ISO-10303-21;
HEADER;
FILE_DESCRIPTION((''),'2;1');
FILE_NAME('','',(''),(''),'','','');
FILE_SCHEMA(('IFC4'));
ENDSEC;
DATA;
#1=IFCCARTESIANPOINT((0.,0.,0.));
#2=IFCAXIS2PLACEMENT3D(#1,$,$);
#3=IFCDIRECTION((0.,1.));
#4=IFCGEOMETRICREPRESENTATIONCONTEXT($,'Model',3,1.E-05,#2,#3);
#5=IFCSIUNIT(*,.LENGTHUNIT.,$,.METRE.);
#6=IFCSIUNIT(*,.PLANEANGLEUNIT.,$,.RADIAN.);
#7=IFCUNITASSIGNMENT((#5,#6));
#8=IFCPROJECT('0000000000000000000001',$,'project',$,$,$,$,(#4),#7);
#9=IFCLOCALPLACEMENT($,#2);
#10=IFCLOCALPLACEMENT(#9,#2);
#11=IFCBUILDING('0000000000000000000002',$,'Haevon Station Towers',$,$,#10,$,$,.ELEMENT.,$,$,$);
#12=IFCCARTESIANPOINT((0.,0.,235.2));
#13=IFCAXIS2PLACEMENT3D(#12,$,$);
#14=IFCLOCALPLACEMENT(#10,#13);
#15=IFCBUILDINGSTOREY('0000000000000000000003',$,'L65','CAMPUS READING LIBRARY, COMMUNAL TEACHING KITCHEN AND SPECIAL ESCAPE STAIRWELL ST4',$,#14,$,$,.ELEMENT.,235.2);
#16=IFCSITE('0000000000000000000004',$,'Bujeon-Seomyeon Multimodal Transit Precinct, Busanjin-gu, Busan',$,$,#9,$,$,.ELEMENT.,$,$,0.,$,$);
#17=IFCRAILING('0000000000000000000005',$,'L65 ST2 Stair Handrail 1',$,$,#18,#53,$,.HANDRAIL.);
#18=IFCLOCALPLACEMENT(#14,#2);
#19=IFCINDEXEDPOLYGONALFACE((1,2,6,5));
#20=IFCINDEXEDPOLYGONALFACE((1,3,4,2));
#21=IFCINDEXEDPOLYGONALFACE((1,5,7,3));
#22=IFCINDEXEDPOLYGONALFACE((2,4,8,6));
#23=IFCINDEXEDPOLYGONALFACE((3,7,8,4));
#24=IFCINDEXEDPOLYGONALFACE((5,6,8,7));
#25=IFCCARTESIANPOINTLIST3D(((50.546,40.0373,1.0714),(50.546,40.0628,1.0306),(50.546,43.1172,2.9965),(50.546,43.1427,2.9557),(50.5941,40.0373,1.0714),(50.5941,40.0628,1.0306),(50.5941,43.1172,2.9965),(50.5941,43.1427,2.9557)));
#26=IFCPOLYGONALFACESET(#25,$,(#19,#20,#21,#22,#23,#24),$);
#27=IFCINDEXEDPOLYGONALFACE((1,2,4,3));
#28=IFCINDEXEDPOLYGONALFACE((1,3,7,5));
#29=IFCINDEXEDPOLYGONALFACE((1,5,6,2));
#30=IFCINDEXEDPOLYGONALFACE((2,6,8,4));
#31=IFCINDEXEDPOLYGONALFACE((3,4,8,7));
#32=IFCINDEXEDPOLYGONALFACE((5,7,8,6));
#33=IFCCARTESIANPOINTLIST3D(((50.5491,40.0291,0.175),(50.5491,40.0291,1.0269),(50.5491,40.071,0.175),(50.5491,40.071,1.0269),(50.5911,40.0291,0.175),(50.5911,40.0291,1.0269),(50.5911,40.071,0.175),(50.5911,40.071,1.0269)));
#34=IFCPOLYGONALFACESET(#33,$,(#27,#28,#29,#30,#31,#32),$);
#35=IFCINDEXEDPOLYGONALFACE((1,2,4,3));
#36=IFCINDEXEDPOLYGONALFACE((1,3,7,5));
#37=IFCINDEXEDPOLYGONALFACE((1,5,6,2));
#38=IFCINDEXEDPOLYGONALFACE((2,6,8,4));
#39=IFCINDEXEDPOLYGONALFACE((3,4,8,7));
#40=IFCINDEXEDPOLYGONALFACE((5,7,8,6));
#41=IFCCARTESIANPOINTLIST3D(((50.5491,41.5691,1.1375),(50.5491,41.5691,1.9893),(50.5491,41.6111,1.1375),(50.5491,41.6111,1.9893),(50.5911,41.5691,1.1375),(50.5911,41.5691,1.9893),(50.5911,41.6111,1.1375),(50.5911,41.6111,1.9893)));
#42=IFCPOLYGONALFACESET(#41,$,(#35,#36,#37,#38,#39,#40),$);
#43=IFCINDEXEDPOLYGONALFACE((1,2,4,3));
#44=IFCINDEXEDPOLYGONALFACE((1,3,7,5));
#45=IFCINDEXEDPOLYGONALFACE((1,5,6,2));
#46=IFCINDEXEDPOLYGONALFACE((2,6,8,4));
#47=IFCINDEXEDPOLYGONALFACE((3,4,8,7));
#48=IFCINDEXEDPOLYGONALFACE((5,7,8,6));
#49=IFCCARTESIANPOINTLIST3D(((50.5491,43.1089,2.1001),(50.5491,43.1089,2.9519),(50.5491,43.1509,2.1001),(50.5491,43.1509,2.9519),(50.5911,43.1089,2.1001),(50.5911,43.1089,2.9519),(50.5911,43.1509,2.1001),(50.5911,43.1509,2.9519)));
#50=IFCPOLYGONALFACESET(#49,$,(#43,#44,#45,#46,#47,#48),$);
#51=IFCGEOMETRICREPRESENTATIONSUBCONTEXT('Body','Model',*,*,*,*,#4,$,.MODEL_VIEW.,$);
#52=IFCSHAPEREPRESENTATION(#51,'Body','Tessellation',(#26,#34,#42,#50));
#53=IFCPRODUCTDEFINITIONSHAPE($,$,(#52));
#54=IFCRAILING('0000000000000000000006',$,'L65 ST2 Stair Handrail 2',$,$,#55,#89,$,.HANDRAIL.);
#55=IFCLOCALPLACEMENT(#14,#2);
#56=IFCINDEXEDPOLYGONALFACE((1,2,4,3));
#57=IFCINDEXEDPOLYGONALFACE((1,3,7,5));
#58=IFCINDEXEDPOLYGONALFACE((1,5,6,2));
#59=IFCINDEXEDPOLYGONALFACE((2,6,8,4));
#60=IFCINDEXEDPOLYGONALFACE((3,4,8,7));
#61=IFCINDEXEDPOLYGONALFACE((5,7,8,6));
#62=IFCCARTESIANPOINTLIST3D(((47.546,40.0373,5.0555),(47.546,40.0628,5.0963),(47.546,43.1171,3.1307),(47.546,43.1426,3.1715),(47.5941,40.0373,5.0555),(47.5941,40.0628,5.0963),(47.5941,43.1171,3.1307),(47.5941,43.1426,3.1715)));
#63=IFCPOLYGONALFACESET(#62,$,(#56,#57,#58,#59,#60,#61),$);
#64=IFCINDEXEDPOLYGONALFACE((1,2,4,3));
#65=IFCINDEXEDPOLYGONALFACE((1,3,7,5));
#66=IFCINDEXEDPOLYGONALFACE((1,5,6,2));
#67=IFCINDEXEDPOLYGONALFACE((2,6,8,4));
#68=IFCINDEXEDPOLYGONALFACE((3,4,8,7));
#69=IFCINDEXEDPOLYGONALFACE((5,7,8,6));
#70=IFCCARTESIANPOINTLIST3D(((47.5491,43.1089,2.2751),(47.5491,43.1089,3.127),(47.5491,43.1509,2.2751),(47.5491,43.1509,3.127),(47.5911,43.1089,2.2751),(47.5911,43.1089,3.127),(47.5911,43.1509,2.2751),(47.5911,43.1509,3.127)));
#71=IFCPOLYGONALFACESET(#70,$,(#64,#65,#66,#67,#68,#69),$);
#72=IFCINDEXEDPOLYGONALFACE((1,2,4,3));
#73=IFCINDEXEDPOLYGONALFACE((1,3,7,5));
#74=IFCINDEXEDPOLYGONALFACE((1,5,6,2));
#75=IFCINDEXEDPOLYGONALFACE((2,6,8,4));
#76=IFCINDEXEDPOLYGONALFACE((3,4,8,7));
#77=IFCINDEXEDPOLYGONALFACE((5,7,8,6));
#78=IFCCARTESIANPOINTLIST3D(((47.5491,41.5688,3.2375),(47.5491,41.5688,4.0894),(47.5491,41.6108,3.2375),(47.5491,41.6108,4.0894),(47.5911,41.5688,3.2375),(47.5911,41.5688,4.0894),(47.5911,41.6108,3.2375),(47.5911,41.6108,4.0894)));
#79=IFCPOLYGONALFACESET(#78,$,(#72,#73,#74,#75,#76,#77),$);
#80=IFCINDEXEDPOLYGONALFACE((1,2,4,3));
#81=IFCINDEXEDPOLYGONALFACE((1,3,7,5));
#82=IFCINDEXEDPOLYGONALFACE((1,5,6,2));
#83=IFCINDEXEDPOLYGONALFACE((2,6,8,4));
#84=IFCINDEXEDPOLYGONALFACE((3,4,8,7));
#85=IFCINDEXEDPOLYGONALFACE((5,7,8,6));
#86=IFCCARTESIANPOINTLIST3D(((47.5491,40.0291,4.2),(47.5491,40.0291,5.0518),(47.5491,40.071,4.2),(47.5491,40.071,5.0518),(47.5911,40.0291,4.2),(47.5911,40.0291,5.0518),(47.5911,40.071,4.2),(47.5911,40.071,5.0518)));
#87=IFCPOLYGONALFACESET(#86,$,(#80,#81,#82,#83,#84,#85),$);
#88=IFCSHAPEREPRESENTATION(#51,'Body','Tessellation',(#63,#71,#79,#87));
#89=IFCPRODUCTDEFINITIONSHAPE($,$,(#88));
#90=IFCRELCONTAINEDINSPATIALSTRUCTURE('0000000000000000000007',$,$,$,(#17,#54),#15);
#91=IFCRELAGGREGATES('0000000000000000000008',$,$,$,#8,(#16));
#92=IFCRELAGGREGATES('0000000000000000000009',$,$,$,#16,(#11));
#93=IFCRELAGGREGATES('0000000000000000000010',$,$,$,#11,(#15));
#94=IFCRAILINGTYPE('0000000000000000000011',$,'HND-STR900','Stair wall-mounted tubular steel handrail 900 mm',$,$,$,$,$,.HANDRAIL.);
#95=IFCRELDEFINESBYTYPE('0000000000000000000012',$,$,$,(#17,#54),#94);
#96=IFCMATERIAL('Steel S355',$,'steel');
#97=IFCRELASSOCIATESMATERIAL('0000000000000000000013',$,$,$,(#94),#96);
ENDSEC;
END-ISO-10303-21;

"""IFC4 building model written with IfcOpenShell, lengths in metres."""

from ifc_helpers import new_model, si_unit, direction, frame, origin, origin_2d, place, context, subcontext, project, spatial, rectangle, extrude, material, type_object, element, save


model = new_model("IFC4")

# Units and contexts
model_context = context("Model", 3, precision=1e-05, world=origin(), true_north=direction((0.0, 1.0)))
body_context = subcontext(model_context, "Body", "Model", "MODEL_VIEW")
ifc_project = project(units=[si_unit("LENGTHUNIT", "METRE"), si_unit("PLANEANGLEUNIT", "RADIAN")], contexts=[model_context])

# Site, building, storey
site_placement = place(None, origin())
site = spatial("IfcSite", under=ifc_project, at=site_placement, Name="Bujeon-Seomyeon Multimodal Transit Precinct, Busanjin-gu, Busan", CompositionType="ELEMENT", RefElevation=0.0)
building_placement = place(site_placement, origin())
building = spatial("IfcBuilding", under=site, at=building_placement, Name="Haevon Station Towers", CompositionType="ELEMENT")
storey_placement = place(building_placement, frame((0.0, 0.0, 235.2)))
storey = spatial("IfcBuildingStorey", under=building, at=storey_placement, Name="L65", Description="CAMPUS READING LIBRARY, COMMUNAL TEACHING KITCHEN AND SPECIAL ESCAPE STAIRWELL ST4", CompositionType="ELEMENT", Elevation=235.2)

# Shared definitions
ifc_material_1 = material(Name="Steel S355", Category="steel")

# Railings
railing_type_1 = type_object("IfcRailingType", Name="HND-STR900", Description="Stair wall-mounted tubular steel handrail 900 mm", PredefinedType="HANDRAIL", material=ifc_material_1)
railing_1_placement = place(storey_placement, frame((50.5701, 40.05, 0.175)))
element("IfcRailing", 1, at=railing_1_placement, inside=storey, type_object=railing_type_1, Name="L65 ST2 Stair Handrail 1", PredefinedType="HANDRAIL", context=body_context, shape_type="SweptSolid", body=[
    extrude(rectangle(XDim=0.0481, YDim=0.0481, at=origin_2d()), frame((0.0, 0.0, 0.876), z_axis=(0.0, 0.847979, 0.530029), x_axis=(-1.0, 0.0, 0.0)), (0.0, 0.0, 1.0), 3.6321),
    extrude(rectangle(XDim=0.042, YDim=0.042, at=origin_2d()), origin(), (0.0, 0.0, 1.0), 0.8518),
    extrude(rectangle(XDim=0.042, YDim=0.042, at=origin_2d()), frame((0.0, 1.54, 0.9624)), (0.0, 0.0, 1.0), 0.8518),
    extrude(rectangle(XDim=0.042, YDim=0.042, at=origin_2d()), frame((0.0, 3.0798, 1.925)), (0.0, 0.0, 1.0), 0.8518),
])
railing_2_placement = place(storey_placement, frame((47.5701, 43.1299, 2.2751)))
element("IfcRailing", 2, at=railing_2_placement, inside=storey, type_object=railing_type_1, Name="L65 ST2 Stair Handrail 2", PredefinedType="HANDRAIL", context=body_context, shape_type="SweptSolid", body=[
    extrude(rectangle(XDim=0.0481, YDim=0.0481, at=origin_2d()), frame((0.0, 0.0, 0.876), z_axis=(0.0, -0.84801, 0.529981), x_axis=(1.0, 0.0, 0.0)), (0.0, 0.0, 1.0), 3.6318),
    extrude(rectangle(XDim=0.042, YDim=0.042, at=origin_2d()), origin(), (0.0, 0.0, 1.0), 0.8518),
    extrude(rectangle(XDim=0.042, YDim=0.042, at=origin_2d()), frame((0.0, -1.54, 0.9624)), (0.0, 0.0, 1.0), 0.8518),
    extrude(rectangle(XDim=0.042, YDim=0.042, at=origin_2d()), frame((0.0, -3.0798, 1.9248)), (0.0, 0.0, 1.0), 0.8518),
])

save(model, "model.ifc")
